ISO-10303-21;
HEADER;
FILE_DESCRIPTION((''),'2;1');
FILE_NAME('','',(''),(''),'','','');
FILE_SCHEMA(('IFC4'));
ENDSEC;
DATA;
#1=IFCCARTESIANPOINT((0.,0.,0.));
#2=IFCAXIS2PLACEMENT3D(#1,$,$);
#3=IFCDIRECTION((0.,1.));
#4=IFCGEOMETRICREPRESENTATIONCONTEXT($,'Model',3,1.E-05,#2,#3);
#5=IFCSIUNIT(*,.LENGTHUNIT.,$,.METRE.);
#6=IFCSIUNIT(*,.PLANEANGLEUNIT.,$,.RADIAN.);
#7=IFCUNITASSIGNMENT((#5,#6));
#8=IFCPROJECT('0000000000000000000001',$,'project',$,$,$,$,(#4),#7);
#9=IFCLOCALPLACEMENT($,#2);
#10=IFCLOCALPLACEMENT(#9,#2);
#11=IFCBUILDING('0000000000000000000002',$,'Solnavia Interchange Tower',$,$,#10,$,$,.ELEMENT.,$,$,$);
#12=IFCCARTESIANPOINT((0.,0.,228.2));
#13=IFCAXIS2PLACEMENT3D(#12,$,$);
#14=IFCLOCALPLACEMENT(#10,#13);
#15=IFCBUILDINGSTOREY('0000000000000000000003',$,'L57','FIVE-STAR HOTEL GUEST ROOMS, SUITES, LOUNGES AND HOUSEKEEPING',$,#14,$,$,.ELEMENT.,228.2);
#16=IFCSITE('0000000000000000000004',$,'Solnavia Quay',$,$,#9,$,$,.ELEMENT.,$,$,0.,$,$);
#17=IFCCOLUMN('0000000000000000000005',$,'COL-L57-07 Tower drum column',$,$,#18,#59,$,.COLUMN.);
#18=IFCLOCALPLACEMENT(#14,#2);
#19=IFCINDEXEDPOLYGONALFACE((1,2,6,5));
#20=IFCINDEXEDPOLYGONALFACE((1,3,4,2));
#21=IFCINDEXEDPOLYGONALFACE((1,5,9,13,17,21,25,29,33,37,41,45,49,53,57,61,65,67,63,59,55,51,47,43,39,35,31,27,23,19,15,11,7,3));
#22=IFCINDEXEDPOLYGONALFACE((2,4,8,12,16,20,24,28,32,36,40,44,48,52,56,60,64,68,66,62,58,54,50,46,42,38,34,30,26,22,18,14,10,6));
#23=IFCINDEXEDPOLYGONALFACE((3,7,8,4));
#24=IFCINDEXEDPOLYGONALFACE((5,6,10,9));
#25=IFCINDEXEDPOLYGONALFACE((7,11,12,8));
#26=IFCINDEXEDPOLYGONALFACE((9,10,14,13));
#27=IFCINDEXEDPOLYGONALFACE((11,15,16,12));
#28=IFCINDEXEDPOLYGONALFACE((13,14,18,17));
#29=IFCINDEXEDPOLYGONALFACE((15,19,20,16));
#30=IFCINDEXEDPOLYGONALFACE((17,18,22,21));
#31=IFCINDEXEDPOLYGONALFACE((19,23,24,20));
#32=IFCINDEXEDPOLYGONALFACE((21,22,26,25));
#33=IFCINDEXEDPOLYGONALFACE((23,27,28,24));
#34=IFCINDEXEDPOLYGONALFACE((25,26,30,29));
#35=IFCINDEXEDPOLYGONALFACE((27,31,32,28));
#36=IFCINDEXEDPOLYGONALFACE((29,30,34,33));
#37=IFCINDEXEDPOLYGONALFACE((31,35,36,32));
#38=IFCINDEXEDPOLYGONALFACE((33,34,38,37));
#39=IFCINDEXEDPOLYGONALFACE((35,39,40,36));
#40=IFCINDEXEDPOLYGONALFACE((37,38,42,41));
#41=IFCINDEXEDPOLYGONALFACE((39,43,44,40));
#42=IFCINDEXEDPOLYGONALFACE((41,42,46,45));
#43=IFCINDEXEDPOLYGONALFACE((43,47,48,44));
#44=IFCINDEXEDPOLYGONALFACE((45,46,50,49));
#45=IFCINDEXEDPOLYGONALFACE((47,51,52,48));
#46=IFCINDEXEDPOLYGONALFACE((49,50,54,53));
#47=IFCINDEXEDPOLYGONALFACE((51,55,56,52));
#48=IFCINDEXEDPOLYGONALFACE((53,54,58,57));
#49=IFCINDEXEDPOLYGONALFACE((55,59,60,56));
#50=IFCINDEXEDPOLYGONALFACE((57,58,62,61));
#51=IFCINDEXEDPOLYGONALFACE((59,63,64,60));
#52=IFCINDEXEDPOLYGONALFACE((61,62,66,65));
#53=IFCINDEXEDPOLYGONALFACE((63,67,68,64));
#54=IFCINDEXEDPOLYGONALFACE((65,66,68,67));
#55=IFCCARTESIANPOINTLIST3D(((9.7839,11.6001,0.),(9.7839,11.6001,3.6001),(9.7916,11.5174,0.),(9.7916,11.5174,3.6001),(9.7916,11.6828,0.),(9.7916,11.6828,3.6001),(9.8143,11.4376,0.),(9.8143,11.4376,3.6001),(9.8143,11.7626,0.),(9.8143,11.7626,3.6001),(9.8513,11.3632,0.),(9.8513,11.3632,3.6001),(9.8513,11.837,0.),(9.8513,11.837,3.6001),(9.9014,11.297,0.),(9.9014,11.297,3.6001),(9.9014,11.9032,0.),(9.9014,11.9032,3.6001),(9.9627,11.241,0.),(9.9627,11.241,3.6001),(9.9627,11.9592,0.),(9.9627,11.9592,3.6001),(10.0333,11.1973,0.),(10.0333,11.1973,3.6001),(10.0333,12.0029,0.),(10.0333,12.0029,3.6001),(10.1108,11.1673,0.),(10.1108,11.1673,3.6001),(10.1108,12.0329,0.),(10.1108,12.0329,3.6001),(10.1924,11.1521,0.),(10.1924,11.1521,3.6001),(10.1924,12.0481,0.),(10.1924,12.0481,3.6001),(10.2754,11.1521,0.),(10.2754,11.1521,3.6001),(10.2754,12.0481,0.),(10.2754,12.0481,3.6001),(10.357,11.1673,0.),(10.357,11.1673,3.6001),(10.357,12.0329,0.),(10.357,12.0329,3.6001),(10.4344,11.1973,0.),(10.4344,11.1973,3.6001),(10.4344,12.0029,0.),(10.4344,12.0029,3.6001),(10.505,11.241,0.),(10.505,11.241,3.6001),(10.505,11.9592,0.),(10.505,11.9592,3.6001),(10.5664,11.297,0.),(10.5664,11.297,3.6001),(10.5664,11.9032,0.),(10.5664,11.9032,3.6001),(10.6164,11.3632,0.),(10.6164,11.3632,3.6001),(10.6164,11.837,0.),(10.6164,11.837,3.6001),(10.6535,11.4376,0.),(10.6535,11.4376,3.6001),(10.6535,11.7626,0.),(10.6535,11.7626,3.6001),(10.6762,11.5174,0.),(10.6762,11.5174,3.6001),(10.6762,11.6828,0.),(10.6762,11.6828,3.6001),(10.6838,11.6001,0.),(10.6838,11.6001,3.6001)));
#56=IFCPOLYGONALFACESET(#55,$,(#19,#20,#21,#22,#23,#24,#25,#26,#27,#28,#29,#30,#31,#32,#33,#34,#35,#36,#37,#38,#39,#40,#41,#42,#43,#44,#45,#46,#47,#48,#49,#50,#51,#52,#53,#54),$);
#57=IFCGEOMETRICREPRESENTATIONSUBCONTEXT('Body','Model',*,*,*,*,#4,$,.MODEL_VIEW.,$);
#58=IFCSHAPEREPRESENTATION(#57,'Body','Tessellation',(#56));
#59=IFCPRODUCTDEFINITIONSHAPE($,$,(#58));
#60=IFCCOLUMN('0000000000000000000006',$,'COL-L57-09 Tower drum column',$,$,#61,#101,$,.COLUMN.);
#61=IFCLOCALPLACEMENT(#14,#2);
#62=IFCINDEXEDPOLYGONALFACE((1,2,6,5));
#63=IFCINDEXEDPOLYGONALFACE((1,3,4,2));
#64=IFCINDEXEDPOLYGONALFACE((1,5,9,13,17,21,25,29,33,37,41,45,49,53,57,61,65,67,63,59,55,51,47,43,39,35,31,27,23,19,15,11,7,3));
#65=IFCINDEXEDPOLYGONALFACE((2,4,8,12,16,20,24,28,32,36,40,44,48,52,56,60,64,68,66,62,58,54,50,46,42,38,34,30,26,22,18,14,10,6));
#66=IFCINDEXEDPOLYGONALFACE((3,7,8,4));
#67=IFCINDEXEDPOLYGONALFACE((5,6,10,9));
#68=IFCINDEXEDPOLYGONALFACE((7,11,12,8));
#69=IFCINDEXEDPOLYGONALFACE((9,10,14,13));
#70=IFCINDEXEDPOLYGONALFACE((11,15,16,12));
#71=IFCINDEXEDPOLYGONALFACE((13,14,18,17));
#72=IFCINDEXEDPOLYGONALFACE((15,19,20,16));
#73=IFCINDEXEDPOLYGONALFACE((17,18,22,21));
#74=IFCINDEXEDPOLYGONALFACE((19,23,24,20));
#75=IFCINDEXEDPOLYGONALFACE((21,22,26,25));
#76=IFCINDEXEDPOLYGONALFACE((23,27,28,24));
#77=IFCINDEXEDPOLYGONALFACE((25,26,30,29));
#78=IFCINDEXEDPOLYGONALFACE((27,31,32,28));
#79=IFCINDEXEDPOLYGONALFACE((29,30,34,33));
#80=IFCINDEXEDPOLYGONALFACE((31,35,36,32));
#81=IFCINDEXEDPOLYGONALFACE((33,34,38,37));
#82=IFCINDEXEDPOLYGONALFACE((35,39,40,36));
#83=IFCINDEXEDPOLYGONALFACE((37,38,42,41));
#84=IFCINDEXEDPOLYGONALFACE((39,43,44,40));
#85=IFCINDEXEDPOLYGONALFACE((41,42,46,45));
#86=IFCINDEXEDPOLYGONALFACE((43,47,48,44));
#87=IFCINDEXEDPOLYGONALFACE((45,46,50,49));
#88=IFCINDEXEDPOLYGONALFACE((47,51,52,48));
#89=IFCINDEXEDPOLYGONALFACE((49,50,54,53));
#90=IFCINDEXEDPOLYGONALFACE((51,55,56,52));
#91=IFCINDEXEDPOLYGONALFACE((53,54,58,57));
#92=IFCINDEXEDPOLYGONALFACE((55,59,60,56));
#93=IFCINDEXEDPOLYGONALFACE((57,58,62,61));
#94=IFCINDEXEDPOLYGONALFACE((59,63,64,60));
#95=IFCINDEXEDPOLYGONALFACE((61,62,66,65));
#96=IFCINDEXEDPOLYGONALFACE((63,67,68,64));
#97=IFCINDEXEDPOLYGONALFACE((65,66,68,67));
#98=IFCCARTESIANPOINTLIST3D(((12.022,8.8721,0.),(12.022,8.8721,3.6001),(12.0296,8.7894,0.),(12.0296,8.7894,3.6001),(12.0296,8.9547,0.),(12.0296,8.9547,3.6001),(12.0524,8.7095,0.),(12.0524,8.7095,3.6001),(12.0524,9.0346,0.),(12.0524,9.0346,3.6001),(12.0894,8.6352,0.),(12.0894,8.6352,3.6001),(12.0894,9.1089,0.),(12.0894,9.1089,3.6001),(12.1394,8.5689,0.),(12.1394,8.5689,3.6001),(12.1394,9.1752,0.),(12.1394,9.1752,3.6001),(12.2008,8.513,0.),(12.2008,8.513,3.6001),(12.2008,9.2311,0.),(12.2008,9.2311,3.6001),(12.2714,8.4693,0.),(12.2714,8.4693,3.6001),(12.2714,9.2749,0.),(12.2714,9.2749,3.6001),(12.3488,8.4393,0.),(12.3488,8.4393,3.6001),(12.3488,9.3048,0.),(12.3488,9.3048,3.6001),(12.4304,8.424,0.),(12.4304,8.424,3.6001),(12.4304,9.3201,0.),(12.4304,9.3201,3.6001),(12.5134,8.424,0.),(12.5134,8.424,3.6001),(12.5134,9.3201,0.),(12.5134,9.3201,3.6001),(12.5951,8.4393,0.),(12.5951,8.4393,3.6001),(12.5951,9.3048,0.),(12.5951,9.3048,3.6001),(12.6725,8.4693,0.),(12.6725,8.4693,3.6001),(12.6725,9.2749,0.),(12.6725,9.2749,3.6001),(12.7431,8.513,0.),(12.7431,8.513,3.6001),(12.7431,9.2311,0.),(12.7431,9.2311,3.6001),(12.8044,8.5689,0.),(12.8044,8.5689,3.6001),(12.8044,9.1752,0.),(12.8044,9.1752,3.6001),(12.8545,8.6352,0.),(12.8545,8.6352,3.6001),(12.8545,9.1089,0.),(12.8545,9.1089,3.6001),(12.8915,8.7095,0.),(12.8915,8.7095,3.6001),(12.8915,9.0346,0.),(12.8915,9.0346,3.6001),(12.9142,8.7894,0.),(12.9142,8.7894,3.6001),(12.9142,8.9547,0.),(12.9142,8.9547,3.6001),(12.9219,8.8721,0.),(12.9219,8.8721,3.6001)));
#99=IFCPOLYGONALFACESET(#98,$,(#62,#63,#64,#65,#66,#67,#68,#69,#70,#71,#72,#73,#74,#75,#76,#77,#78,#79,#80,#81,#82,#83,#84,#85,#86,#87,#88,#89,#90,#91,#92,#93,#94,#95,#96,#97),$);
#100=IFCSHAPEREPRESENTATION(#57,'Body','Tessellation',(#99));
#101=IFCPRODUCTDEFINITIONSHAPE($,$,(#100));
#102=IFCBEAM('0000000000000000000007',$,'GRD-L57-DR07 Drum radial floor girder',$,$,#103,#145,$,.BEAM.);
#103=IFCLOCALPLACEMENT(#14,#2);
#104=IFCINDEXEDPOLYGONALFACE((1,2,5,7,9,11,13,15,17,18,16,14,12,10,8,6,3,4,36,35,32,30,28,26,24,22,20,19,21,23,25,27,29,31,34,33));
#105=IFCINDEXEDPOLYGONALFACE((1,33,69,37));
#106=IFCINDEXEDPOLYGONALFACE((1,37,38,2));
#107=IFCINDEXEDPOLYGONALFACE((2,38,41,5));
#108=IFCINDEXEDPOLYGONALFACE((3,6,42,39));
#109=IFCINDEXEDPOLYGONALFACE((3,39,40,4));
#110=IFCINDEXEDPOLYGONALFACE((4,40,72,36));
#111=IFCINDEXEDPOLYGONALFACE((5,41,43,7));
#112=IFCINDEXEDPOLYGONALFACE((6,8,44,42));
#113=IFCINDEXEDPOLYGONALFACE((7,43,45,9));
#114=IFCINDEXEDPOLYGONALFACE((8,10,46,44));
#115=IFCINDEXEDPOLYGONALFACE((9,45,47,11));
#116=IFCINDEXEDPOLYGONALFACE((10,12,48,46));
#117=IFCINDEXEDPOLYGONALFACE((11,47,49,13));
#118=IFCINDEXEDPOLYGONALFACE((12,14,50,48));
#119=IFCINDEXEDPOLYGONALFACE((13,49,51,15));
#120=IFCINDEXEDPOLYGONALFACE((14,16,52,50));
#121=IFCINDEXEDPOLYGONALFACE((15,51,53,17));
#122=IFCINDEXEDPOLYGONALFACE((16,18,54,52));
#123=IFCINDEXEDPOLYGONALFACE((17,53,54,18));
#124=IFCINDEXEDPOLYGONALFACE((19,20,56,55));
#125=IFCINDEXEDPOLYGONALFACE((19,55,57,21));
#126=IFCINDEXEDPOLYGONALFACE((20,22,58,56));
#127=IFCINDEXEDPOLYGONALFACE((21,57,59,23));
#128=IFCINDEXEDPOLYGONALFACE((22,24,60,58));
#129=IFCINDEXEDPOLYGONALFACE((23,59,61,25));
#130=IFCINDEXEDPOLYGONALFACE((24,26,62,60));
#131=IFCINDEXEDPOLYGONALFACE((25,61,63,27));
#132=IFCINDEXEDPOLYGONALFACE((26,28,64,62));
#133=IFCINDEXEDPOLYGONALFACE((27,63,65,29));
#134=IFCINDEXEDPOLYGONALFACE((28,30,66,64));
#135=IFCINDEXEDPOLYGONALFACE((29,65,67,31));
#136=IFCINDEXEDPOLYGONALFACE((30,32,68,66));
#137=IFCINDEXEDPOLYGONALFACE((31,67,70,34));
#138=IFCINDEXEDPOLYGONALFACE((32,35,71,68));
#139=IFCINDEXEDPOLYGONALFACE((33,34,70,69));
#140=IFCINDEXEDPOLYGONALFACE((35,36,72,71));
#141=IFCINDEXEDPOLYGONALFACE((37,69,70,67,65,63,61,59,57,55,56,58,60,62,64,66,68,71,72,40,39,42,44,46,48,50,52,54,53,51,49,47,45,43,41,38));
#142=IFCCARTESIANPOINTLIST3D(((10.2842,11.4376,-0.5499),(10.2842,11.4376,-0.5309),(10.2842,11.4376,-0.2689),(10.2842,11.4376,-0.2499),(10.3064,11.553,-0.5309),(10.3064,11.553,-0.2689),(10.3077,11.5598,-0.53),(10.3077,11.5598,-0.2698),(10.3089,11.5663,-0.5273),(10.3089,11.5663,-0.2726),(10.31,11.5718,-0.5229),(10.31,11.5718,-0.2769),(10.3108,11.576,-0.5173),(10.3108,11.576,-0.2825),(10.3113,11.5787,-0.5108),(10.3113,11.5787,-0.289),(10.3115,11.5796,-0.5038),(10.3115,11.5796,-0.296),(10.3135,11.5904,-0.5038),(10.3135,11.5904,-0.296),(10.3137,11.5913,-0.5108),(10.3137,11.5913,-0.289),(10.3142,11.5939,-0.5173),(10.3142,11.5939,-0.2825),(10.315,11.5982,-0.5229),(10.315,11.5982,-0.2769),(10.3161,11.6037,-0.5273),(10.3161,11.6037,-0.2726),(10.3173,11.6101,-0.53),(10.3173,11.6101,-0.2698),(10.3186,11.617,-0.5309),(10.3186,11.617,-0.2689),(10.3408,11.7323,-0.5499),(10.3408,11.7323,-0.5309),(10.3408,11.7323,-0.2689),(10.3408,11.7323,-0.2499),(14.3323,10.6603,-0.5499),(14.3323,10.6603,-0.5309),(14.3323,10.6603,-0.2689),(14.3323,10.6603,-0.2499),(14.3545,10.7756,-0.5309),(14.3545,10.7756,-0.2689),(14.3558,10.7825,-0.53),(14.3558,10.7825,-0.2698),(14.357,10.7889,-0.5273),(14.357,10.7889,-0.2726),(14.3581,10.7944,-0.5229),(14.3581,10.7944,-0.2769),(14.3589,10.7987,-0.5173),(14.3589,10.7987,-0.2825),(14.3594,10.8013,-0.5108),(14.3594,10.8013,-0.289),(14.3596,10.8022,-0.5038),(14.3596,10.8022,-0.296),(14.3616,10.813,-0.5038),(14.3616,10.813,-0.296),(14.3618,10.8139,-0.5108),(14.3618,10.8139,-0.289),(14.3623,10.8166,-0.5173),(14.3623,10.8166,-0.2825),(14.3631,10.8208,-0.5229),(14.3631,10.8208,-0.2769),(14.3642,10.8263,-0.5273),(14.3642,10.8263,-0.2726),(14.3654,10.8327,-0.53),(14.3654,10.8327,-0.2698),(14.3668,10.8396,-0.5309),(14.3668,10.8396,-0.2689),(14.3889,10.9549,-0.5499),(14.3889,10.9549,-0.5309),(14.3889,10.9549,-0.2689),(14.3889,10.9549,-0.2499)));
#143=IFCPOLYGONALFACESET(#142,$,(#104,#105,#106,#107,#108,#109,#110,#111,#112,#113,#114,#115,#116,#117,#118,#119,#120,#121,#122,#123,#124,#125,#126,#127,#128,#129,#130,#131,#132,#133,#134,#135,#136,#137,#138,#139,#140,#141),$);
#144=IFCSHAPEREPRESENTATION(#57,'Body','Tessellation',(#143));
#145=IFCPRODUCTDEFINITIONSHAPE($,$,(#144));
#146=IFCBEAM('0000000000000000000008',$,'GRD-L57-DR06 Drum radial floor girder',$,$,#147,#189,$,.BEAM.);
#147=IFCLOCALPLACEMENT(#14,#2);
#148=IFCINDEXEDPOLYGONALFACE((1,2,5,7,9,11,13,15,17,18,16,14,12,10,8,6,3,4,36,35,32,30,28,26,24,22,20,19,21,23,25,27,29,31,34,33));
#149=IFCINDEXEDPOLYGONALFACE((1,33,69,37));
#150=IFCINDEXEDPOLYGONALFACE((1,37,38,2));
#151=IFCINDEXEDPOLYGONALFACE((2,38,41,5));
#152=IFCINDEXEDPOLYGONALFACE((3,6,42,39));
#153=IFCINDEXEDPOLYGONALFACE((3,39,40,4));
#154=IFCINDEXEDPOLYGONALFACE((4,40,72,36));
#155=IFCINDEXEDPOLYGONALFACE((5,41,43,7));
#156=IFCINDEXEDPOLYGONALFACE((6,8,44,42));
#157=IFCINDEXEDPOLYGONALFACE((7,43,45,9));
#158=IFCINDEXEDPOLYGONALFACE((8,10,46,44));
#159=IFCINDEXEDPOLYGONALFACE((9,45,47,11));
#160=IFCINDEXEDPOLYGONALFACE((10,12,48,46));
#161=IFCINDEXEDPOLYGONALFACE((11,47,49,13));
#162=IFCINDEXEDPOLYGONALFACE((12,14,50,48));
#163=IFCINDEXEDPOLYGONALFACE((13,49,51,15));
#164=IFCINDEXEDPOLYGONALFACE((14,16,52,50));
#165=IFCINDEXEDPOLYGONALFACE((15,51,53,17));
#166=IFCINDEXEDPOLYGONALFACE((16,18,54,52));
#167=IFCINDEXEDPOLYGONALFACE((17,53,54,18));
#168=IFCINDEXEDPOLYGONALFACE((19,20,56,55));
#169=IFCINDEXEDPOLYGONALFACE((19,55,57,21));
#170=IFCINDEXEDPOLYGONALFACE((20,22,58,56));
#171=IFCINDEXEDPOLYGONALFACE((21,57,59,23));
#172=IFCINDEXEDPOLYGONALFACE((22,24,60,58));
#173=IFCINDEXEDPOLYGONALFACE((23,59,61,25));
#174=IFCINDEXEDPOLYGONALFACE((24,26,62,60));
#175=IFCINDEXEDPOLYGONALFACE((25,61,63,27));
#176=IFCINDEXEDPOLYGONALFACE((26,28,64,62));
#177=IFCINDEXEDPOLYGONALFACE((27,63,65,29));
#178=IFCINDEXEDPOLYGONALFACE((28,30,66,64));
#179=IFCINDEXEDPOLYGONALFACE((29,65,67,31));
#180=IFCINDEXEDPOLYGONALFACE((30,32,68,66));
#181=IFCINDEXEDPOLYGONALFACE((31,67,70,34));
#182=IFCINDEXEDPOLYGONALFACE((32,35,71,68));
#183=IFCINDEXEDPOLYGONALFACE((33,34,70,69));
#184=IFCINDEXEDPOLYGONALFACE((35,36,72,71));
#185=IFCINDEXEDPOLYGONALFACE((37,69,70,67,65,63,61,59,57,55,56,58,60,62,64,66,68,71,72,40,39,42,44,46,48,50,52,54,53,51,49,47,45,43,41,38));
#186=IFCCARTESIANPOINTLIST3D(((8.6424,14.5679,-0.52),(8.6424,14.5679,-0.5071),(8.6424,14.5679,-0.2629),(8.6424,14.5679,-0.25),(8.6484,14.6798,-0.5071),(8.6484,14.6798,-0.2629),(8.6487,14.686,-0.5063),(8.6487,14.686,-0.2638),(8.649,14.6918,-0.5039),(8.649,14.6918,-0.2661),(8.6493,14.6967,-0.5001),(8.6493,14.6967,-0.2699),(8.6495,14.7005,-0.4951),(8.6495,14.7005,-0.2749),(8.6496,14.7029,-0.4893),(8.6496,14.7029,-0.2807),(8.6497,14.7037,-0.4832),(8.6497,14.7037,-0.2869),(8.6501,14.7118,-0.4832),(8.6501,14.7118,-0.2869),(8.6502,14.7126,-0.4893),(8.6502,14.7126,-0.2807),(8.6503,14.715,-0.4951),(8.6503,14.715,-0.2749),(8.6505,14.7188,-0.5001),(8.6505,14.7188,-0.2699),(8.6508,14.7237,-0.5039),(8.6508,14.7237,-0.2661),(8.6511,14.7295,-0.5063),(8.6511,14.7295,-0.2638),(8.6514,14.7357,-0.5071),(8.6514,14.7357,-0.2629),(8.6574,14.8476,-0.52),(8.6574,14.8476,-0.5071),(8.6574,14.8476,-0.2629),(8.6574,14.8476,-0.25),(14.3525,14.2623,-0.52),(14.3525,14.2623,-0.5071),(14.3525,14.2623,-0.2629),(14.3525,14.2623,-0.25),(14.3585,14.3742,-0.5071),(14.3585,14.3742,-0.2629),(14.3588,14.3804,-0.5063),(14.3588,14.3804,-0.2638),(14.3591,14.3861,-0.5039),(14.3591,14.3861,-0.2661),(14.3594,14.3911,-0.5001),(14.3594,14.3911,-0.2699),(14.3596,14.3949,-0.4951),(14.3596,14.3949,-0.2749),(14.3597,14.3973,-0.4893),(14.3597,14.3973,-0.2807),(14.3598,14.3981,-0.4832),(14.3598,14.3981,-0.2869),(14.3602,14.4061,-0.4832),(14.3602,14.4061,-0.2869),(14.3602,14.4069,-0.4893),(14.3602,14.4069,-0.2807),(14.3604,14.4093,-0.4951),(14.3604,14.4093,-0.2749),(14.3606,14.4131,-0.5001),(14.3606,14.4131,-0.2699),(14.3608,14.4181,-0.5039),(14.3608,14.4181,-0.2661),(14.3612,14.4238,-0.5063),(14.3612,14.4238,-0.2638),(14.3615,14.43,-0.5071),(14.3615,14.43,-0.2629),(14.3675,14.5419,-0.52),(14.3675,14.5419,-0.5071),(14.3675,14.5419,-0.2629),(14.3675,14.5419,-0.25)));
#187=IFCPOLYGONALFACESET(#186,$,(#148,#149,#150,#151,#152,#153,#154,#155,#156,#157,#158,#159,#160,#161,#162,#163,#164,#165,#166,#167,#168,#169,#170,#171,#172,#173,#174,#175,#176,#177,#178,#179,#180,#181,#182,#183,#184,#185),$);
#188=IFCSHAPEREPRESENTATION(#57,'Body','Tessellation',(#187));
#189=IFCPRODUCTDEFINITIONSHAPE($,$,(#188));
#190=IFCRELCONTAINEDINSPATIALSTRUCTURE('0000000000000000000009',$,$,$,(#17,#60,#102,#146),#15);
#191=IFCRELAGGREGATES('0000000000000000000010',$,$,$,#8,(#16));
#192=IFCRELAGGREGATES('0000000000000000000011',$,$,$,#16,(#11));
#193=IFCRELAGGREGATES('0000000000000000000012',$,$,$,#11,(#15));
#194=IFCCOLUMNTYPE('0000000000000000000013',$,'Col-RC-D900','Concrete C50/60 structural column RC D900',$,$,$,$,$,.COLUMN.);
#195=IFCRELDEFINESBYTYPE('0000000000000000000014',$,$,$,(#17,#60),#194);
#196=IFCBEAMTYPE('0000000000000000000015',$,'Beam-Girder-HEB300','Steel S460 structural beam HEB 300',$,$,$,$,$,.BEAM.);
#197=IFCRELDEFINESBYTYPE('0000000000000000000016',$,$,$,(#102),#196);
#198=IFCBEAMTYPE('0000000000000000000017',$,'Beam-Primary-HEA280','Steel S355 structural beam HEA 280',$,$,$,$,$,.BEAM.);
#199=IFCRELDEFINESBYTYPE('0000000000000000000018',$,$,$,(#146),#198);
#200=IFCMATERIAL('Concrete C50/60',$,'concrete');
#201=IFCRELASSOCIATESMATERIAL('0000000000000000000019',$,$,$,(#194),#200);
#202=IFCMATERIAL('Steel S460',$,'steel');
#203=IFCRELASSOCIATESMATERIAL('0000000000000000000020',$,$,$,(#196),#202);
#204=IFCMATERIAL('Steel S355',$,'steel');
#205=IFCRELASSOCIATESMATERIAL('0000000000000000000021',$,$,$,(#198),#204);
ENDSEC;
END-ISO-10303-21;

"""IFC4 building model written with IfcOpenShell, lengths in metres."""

from ifc_helpers import new_model, si_unit, direction, frame, origin, origin_2d, place, context, subcontext, project, spatial, circle, i_section, extrude, material, material_profile, profile_set, type_object, element, save


model = new_model("IFC4")

# Units and contexts
model_context = context("Model", 3, precision=1e-05, world=origin(), true_north=direction((0.0, 1.0)))
body_context = subcontext(model_context, "Body", "Model", "MODEL_VIEW")
ifc_project = project(units=[si_unit("LENGTHUNIT", "METRE"), si_unit("PLANEANGLEUNIT", "RADIAN")], contexts=[model_context])

# Site, building, storey
site_placement = place(None, origin())
site = spatial("IfcSite", under=ifc_project, at=site_placement, Name="Solnavia Quay", CompositionType="ELEMENT", RefElevation=0.0)
building_placement = place(site_placement, origin())
building = spatial("IfcBuilding", under=site, at=building_placement, Name="Solnavia Interchange Tower", CompositionType="ELEMENT")
storey_placement = place(building_placement, frame((0.0, 0.0, 228.2)))
storey = spatial("IfcBuildingStorey", under=building, at=storey_placement, Name="L57", Description="FIVE-STAR HOTEL GUEST ROOMS, SUITES, LOUNGES AND HOUSEKEEPING", CompositionType="ELEMENT", Elevation=228.2)

# Columns
ifc_material_1 = material(Name="Concrete C50/60", Category="concrete")
ifc_material_profile_1 = material_profile(ifc_material_1, circle(Radius=0.45, at=origin_2d()), Name="RC D900")
ifc_profile_set_1 = profile_set([ifc_material_profile_1], Name="Concrete C50/60")
column_type = type_object("IfcColumnType", Name="Col-RC-D900", Description="Concrete C50/60 structural column RC D900", PredefinedType="COLUMN", material=ifc_profile_set_1)
for number, where, z_axis, x_axis, name in (
    (1, (10.2339, 11.6001, 0.0), (0.0, 0.0, 1.0), (1.0, 0.0, 0.0), "COL-L57-07 Tower drum column"),
    (2, (12.4719, 8.8721, 0.0), (0.0, 0.0, 1.0), (1.0, 0.0, 0.0), "COL-L57-09 Tower drum column"),
):
    element("IfcColumn", number, at=place(storey_placement, frame(where, z_axis=z_axis, x_axis=x_axis)), inside=storey, type_object=column_type, Name=name, PredefinedType="COLUMN", context=body_context, shape_type="SweptSolid", body=[
        extrude(circle(Radius=0.45, at=origin_2d()), origin(), (0.0, 0.0, 1.0), 3.6001),
    ])

# Beams
ifc_material_2 = material(Name="Steel S460", Category="steel")
ifc_material_profile_2 = material_profile(ifc_material_2, i_section(OverallWidth=0.3, OverallDepth=0.3, WebThickness=0.011, FlangeThickness=0.019, FilletRadius=0.0271, at=origin_2d()), Name="HEB 300")
ifc_profile_set_2 = profile_set([ifc_material_profile_2], Name="Steel S460")
beam_type_1 = type_object("IfcBeamType", Name="Beam-Girder-HEB300", Description="Steel S460 structural beam HEB 300", PredefinedType="BEAM", material=ifc_profile_set_2)
beam_1_placement = place(storey_placement, frame((10.3125, 11.585, -0.3999), z_axis=(0.982058, -0.188582, 0.0), x_axis=(0.188582, 0.982058, 0.0)))
element("IfcBeam", 3, at=beam_1_placement, inside=storey, type_object=beam_type_1, Name="GRD-L57-DR07 Drum radial floor girder", PredefinedType="BEAM", context=body_context, shape_type="SweptSolid", body=[
    extrude(i_section(OverallWidth=0.3, OverallDepth=0.3, WebThickness=0.011, FlangeThickness=0.019, FilletRadius=0.0271, at=origin_2d()), origin(), (0.0, 0.0, 1.0), 4.1221),
])
ifc_material_3 = material(Name="Steel S355", Category="steel")
ifc_material_profile_3 = material_profile(ifc_material_3, i_section(OverallWidth=0.28, OverallDepth=0.27, WebThickness=0.0081, FlangeThickness=0.0129, FilletRadius=0.0239, at=origin_2d()), Name="HEA 280")
ifc_profile_set_3 = profile_set([ifc_material_profile_3], Name="Steel S355")
beam_type_2 = type_object("IfcBeamType", Name="Beam-Primary-HEA280", Description="Steel S355 structural beam HEA 280", PredefinedType="BEAM", material=ifc_profile_set_3)
beam_2_placement = place(storey_placement, frame((8.6499, 14.7078, -0.385), z_axis=(0.99857, -0.053453, 0.0), x_axis=(0.053453, 0.99857, 0.0)))
element("IfcBeam", 4, at=beam_2_placement, inside=storey, type_object=beam_type_2, Name="GRD-L57-DR06 Drum radial floor girder", PredefinedType="BEAM", context=body_context, shape_type="SweptSolid", body=[
    extrude(i_section(OverallWidth=0.28, OverallDepth=0.27, WebThickness=0.0081, FlangeThickness=0.0129, FilletRadius=0.0239, at=origin_2d()), origin(), (0.0, 0.0, 1.0), 5.7183),
])

save(model, "model.ifc")
